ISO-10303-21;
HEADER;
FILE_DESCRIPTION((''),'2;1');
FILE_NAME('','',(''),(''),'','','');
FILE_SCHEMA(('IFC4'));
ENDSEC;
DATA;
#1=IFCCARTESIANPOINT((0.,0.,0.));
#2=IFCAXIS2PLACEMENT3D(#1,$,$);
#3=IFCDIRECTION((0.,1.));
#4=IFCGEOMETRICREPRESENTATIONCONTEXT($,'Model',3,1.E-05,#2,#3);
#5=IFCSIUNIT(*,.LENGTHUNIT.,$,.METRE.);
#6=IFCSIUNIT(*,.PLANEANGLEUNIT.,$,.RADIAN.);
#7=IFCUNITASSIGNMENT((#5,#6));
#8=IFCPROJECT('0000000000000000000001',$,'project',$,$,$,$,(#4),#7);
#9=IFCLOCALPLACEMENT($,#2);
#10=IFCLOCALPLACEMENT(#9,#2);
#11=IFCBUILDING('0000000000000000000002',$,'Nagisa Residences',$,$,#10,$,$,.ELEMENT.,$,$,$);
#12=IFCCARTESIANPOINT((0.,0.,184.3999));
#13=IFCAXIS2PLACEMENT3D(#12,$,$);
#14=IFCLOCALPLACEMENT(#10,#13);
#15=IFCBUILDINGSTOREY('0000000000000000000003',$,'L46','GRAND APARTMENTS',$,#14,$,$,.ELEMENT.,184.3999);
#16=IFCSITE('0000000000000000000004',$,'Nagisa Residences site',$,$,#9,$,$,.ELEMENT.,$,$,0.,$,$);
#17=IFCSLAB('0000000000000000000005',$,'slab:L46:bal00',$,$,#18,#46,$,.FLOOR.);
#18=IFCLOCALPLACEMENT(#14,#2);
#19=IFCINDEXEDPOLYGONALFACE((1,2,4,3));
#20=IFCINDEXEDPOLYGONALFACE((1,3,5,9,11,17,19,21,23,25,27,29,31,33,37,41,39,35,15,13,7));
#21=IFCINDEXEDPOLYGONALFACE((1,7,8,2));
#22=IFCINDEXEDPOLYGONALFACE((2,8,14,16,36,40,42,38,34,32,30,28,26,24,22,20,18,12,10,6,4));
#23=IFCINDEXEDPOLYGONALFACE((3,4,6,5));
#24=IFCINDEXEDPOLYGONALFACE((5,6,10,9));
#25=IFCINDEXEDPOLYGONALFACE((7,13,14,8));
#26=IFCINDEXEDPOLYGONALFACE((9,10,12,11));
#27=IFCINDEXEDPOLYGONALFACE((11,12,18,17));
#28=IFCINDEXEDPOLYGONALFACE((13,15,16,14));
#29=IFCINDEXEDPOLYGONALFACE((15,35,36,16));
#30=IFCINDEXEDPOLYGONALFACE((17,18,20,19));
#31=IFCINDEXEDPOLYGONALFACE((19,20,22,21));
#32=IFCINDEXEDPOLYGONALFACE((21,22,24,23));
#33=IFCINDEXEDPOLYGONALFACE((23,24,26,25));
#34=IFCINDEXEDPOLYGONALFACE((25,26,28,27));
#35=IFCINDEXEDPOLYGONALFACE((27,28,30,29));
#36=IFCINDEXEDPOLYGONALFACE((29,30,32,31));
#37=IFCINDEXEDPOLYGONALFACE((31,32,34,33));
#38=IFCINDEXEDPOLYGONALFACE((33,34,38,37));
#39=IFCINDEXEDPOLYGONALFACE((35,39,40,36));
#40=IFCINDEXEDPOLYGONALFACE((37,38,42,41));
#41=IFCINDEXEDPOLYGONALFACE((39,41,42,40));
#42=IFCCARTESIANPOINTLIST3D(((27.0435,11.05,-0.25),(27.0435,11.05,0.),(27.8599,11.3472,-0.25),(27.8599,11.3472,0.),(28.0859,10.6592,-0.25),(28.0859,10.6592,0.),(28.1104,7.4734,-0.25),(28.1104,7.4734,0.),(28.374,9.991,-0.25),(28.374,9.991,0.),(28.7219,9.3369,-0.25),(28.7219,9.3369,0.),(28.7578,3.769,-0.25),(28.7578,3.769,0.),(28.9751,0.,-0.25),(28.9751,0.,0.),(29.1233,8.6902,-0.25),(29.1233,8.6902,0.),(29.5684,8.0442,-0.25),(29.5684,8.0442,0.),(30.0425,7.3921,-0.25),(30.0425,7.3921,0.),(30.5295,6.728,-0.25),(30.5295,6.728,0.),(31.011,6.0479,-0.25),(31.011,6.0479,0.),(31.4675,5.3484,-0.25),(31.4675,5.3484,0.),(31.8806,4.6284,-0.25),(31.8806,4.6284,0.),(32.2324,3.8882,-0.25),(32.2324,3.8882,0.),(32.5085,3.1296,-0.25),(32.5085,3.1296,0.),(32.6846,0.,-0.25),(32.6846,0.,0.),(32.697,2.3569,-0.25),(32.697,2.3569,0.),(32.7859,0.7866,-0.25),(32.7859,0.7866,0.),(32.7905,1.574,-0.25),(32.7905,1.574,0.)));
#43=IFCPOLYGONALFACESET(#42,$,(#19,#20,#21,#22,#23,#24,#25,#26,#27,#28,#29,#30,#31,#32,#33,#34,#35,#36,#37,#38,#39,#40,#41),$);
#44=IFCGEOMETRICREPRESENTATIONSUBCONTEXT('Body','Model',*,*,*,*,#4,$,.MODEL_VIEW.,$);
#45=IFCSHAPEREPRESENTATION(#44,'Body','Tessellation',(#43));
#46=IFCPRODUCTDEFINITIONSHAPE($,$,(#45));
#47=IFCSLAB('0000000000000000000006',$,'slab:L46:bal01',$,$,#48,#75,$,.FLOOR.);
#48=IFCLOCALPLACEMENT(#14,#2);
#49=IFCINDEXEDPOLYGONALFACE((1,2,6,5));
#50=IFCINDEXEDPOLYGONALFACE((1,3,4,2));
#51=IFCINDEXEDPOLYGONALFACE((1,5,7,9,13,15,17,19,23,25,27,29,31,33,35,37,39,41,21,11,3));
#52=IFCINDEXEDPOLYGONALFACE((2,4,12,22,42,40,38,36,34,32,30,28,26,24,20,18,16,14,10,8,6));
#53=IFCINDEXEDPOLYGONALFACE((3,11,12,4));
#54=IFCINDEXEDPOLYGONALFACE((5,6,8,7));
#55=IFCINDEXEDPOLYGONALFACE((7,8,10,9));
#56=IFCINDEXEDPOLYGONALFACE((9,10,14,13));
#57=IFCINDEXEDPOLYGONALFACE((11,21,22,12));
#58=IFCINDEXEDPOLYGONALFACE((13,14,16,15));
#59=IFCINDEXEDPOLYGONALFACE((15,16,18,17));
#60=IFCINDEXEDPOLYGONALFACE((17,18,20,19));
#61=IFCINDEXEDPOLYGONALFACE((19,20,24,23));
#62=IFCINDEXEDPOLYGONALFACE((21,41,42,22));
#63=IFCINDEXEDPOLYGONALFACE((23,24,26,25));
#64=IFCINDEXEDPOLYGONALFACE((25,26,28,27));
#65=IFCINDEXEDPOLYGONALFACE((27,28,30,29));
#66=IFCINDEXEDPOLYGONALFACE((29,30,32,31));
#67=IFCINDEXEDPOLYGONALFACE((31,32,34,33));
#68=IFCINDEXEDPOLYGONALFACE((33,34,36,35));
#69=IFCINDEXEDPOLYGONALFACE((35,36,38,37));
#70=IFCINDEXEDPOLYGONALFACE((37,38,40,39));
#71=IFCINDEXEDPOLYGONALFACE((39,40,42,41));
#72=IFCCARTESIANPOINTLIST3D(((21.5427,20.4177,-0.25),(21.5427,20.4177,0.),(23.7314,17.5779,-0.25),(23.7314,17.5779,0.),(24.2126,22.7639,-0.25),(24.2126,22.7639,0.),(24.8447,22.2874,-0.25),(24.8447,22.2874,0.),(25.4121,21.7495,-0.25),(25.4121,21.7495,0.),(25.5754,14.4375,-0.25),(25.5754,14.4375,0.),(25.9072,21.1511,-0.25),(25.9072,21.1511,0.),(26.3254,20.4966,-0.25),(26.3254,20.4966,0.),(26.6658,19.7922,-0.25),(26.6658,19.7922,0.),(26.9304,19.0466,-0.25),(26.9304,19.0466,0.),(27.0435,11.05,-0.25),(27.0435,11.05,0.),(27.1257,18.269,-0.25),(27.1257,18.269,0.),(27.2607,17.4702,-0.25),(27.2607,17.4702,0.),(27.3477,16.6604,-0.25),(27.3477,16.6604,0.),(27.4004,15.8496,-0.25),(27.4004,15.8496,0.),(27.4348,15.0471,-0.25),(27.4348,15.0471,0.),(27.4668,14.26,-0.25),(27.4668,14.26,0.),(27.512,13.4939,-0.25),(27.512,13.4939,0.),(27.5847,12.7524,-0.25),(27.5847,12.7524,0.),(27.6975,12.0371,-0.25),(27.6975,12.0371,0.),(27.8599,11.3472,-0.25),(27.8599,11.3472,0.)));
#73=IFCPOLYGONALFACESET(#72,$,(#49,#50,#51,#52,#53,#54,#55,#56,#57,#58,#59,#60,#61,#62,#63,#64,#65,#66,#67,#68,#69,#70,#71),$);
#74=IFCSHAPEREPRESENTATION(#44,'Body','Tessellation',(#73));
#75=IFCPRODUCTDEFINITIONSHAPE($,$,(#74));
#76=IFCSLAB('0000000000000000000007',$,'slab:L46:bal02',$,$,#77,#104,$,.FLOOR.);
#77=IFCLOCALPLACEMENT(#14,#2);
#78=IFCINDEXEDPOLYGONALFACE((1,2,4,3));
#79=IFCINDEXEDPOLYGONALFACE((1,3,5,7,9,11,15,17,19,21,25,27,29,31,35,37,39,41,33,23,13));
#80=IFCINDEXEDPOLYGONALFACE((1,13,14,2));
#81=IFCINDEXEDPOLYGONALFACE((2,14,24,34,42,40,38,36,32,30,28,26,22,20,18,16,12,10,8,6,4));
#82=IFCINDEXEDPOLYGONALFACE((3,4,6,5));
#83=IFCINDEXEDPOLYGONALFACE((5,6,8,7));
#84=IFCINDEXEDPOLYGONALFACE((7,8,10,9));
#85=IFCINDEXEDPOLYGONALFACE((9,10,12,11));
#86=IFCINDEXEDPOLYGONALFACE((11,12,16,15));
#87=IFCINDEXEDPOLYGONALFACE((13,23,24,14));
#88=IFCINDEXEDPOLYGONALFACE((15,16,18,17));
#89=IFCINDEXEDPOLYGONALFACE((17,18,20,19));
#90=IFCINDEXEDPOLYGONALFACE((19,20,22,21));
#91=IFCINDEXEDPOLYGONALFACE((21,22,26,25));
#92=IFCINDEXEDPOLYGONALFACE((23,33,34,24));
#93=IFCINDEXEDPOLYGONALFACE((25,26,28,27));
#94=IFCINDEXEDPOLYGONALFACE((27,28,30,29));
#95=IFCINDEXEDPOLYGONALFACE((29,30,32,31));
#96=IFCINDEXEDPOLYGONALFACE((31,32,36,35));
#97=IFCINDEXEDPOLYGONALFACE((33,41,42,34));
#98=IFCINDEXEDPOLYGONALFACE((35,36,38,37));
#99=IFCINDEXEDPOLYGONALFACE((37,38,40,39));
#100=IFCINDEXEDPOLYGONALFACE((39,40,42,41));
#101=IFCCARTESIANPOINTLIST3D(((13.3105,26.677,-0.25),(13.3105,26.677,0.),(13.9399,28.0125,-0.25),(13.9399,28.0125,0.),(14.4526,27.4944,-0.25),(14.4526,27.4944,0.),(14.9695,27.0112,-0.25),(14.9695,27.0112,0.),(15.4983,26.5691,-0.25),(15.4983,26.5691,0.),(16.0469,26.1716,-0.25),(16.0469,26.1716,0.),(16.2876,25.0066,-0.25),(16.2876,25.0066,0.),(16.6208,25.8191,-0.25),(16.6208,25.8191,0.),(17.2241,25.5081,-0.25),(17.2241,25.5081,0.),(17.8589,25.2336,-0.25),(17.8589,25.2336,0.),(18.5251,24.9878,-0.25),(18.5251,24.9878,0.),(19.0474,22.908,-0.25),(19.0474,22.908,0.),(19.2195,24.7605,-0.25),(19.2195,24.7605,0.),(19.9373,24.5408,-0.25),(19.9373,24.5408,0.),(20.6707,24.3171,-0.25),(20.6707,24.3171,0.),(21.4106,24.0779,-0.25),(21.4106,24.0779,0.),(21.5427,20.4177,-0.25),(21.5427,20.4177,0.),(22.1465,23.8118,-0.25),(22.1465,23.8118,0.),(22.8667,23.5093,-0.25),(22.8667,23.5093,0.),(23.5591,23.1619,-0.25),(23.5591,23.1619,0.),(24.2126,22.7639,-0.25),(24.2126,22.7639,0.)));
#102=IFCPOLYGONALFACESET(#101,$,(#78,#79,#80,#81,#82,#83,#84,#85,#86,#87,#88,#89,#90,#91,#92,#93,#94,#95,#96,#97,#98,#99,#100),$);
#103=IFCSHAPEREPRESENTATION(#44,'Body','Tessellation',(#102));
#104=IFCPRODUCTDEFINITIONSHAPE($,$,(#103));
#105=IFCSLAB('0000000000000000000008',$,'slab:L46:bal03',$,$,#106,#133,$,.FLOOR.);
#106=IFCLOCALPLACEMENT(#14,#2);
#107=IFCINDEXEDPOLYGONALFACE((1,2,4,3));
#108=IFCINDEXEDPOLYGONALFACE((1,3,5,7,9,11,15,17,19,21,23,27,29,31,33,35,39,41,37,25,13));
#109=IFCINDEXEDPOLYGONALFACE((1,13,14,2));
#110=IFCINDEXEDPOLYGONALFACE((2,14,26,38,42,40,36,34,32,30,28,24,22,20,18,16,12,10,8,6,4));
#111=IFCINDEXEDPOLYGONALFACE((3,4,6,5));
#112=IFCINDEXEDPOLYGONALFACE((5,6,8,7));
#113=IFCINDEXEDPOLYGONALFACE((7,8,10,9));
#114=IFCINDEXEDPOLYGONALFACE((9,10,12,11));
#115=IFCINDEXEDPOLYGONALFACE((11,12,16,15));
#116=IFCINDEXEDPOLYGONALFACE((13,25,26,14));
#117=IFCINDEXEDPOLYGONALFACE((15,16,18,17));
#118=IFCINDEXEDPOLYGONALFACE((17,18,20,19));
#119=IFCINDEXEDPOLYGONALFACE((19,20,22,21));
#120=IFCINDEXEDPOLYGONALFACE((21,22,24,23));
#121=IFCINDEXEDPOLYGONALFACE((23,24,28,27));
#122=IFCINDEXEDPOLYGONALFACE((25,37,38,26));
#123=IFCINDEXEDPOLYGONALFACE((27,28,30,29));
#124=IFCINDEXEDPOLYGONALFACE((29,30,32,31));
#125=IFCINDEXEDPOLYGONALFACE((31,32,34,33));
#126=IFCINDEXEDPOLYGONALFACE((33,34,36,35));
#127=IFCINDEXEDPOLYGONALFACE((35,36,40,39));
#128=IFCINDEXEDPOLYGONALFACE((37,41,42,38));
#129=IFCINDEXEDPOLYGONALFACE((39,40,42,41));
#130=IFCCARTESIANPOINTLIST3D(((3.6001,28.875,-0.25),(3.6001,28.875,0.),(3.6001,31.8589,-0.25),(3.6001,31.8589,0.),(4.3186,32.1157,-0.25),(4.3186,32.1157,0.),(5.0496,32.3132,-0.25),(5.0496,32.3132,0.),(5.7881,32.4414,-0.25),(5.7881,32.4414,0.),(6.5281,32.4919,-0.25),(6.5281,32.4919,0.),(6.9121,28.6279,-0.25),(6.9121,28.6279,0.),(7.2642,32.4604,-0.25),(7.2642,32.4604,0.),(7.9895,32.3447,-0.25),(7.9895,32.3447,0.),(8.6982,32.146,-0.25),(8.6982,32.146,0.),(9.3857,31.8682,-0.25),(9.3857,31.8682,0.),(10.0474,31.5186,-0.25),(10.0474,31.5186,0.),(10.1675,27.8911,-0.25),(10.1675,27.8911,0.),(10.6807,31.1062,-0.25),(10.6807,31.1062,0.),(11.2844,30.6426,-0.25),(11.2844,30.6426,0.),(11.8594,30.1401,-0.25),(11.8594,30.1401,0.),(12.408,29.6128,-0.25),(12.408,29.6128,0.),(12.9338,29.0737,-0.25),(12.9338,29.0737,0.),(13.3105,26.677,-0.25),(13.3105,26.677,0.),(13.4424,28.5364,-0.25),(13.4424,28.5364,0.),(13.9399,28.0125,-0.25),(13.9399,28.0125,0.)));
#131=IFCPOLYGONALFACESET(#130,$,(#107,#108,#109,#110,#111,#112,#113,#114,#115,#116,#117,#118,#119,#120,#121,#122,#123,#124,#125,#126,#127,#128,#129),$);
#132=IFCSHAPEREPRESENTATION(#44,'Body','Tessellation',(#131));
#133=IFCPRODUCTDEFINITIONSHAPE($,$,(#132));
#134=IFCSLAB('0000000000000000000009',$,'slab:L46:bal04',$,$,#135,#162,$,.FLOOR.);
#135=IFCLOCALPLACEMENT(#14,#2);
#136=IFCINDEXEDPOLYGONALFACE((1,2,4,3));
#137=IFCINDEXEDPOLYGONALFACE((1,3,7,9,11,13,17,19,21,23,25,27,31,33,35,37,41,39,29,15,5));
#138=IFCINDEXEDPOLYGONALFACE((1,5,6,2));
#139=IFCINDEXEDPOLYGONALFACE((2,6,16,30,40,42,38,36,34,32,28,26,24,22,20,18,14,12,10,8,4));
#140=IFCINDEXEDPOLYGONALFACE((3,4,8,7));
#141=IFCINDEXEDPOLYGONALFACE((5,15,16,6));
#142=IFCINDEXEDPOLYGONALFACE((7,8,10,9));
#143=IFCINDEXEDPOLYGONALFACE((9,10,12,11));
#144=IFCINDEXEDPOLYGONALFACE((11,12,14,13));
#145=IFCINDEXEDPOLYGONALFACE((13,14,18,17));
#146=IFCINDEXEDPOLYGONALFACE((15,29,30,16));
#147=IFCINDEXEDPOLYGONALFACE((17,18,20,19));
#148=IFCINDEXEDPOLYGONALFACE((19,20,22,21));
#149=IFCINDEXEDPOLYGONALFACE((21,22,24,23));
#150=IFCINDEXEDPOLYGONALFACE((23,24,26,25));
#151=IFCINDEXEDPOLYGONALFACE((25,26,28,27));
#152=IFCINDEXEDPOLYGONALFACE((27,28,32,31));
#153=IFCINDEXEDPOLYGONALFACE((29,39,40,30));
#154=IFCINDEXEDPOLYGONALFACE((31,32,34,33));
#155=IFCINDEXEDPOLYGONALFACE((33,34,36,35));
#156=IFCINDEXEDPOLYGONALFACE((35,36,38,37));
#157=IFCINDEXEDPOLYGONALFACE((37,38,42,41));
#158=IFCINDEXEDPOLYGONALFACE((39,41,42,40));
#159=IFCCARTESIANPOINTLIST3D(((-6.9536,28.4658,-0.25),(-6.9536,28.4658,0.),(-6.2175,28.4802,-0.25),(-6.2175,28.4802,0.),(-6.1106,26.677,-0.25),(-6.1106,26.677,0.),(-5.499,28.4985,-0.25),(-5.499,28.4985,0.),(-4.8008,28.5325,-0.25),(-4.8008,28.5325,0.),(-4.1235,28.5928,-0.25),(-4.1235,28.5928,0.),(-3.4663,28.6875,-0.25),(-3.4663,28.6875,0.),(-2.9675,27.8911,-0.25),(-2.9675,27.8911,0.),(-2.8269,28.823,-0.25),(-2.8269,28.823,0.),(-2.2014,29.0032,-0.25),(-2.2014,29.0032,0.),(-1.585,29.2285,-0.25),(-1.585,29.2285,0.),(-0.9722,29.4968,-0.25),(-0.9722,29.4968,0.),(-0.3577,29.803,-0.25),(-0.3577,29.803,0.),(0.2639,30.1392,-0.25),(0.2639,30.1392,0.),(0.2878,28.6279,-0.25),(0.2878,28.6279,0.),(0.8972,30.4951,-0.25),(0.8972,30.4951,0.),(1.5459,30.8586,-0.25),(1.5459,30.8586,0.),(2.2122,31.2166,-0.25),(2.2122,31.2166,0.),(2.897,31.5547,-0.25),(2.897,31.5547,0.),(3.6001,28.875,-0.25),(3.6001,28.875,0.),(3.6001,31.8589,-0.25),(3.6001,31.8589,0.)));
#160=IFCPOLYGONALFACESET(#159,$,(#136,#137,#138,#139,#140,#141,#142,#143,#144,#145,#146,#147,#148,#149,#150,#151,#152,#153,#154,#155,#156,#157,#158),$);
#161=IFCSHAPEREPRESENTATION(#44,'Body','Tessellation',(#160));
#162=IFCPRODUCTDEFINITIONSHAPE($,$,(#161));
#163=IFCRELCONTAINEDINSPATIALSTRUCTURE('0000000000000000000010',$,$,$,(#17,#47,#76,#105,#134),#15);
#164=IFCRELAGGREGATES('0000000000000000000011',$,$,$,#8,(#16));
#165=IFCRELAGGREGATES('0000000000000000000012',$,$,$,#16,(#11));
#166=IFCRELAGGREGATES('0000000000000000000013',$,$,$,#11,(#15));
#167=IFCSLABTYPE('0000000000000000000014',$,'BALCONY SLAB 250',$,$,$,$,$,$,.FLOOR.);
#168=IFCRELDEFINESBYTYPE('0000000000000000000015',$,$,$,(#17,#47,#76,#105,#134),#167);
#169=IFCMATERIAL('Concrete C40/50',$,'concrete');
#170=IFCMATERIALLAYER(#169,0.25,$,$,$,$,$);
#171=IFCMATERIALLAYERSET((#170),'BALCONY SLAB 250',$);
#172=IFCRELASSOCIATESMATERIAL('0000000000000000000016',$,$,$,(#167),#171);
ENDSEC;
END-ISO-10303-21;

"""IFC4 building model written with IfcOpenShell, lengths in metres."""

from ifc_helpers import new_model, si_unit, direction, frame, origin, place, context, subcontext, project, spatial, polyline, outline, extrude, material, layer, layer_set, type_object, element, save


model = new_model("IFC4")

# Units and contexts
model_context = context("Model", 3, precision=1e-05, world=origin(), true_north=direction((0.0, 1.0)))
body_context = subcontext(model_context, "Body", "Model", "MODEL_VIEW")
ifc_project = project(units=[si_unit("LENGTHUNIT", "METRE"), si_unit("PLANEANGLEUNIT", "RADIAN")], contexts=[model_context])

# Site, building, storey
site_placement = place(None, origin())
site = spatial("IfcSite", under=ifc_project, at=site_placement, Name="Nagisa Residences site", CompositionType="ELEMENT", RefElevation=0.0)
building_placement = place(site_placement, origin())
building = spatial("IfcBuilding", under=site, at=building_placement, Name="Nagisa Residences", CompositionType="ELEMENT")
storey_placement = place(building_placement, frame((0.0, 0.0, 184.3999)))
storey = spatial("IfcBuildingStorey", under=building, at=storey_placement, Name="L46", Description="GRAND APARTMENTS", CompositionType="ELEMENT", Elevation=184.3999)

# Slabs
ifc_material_1 = material(Name="Concrete C40/50", Category="concrete")
ifc_layer_1 = layer(ifc_material_1, 0.25)
ifc_layer_set_1 = layer_set([ifc_layer_1], Name="BALCONY SLAB 250")
slab_type_1 = type_object("IfcSlabType", Name="BALCONY SLAB 250", PredefinedType="FLOOR", material=ifc_layer_set_1)
slab_1_placement = place(storey_placement, frame((0.0, 0.0, -0.25)))
element("IfcSlab", 1, at=slab_1_placement, inside=storey, type_object=slab_type_1, Name="slab:L46:bal00", PredefinedType="FLOOR", context=body_context, shape_type="SweptSolid", body=[
    extrude(outline(polyline([(32.6846, 0.0), (32.7859, 0.7866), (32.7905, 1.574), (32.697, 2.3569), (32.5085, 3.1296), (32.2324, 3.8882), (31.8806, 4.6284), (31.4675, 5.3484), (31.011, 6.0479), (30.5295, 6.728), (30.0425, 7.3921), (29.5684, 8.0442), (29.1233, 8.6902), (28.7219, 9.3369), (28.374, 9.991), (28.0859, 10.6592), (27.8599, 11.3472), (27.0435, 11.05), (28.1104, 7.4734), (28.7578, 3.769), (28.9751, 0.0), (32.6846, 0.0)])), origin(), (0.0, 0.0, 1.0), 0.25),
])
slab_2_placement = place(storey_placement, frame((0.0, 0.0, -0.25)))
element("IfcSlab", 2, at=slab_2_placement, inside=storey, type_object=slab_type_1, Name="slab:L46:bal01", PredefinedType="FLOOR", context=body_context, shape_type="SweptSolid", body=[
    extrude(outline(polyline([(27.8599, 11.3472), (27.6975, 12.0371), (27.5847, 12.7524), (27.512, 13.4939), (27.4668, 14.26), (27.4348, 15.0471), (27.4004, 15.8496), (27.3477, 16.6604), (27.2607, 17.4702), (27.1257, 18.269), (26.9304, 19.0466), (26.6658, 19.7922), (26.3254, 20.4966), (25.9072, 21.1511), (25.4121, 21.7495), (24.8447, 22.2874), (24.2126, 22.7639), (21.5427, 20.4177), (23.7314, 17.5779), (25.5754, 14.4375), (27.0435, 11.05), (27.8599, 11.3472)])), origin(), (0.0, 0.0, 1.0), 0.25),
])
slab_3_placement = place(storey_placement, frame((0.0, 0.0, -0.25)))
element("IfcSlab", 3, at=slab_3_placement, inside=storey, type_object=slab_type_1, Name="slab:L46:bal02", PredefinedType="FLOOR", context=body_context, shape_type="SweptSolid", body=[
    extrude(outline(polyline([(24.2126, 22.7639), (23.5591, 23.1619), (22.8667, 23.5093), (22.1465, 23.8118), (21.4106, 24.0779), (20.6707, 24.3171), (19.9373, 24.5408), (19.2195, 24.7605), (18.5251, 24.9878), (17.8589, 25.2336), (17.2241, 25.5081), (16.6208, 25.8191), (16.0469, 26.1716), (15.4983, 26.5691), (14.9695, 27.0112), (14.4526, 27.4944), (13.9399, 28.0125), (13.3105, 26.677), (16.2876, 25.0066), (19.0474, 22.908), (21.5427, 20.4177), (24.2126, 22.7639)])), origin(), (0.0, 0.0, 1.0), 0.25),
])
slab_4_placement = place(storey_placement, frame((0.0, 0.0, -0.25)))
element("IfcSlab", 4, at=slab_4_placement, inside=storey, type_object=slab_type_1, Name="slab:L46:bal03", PredefinedType="FLOOR", context=body_context, shape_type="SweptSolid", body=[
    extrude(outline(polyline([(13.9399, 28.0125), (13.4424, 28.5364), (12.9338, 29.0737), (12.408, 29.6128), (11.8594, 30.1401), (11.2844, 30.6426), (10.6807, 31.1062), (10.0474, 31.5186), (9.3857, 31.8682), (8.6982, 32.146), (7.9895, 32.3447), (7.2642, 32.4604), (6.5281, 32.4919), (5.7881, 32.4414), (5.0496, 32.3132), (4.3186, 32.1157), (3.6001, 31.8589), (3.6001, 28.875), (6.9121, 28.6279), (10.1675, 27.8911), (13.3105, 26.677), (13.9399, 28.0125)])), origin(), (0.0, 0.0, 1.0), 0.25),
])
slab_5_placement = place(storey_placement, frame((0.0, 0.0, -0.25)))
element("IfcSlab", 5, at=slab_5_placement, inside=storey, type_object=slab_type_1, Name="slab:L46:bal04", PredefinedType="FLOOR", context=body_context, shape_type="SweptSolid", body=[
    extrude(outline(polyline([(3.6001, 31.8589), (2.897, 31.5547), (2.2122, 31.2166), (1.5459, 30.8586), (0.8972, 30.4951), (0.2639, 30.1392), (-0.3577, 29.803), (-0.9722, 29.4968), (-1.585, 29.2285), (-2.2014, 29.0032), (-2.8269, 28.823), (-3.4663, 28.6875), (-4.1235, 28.5928), (-4.8008, 28.5325), (-5.499, 28.4985), (-6.2175, 28.4802), (-6.9536, 28.4658), (-6.1106, 26.677), (-2.9675, 27.8911), (0.2878, 28.6279), (3.6001, 28.875), (3.6001, 31.8589)])), origin(), (0.0, 0.0, 1.0), 0.25),
])

save(model, "model.ifc")
